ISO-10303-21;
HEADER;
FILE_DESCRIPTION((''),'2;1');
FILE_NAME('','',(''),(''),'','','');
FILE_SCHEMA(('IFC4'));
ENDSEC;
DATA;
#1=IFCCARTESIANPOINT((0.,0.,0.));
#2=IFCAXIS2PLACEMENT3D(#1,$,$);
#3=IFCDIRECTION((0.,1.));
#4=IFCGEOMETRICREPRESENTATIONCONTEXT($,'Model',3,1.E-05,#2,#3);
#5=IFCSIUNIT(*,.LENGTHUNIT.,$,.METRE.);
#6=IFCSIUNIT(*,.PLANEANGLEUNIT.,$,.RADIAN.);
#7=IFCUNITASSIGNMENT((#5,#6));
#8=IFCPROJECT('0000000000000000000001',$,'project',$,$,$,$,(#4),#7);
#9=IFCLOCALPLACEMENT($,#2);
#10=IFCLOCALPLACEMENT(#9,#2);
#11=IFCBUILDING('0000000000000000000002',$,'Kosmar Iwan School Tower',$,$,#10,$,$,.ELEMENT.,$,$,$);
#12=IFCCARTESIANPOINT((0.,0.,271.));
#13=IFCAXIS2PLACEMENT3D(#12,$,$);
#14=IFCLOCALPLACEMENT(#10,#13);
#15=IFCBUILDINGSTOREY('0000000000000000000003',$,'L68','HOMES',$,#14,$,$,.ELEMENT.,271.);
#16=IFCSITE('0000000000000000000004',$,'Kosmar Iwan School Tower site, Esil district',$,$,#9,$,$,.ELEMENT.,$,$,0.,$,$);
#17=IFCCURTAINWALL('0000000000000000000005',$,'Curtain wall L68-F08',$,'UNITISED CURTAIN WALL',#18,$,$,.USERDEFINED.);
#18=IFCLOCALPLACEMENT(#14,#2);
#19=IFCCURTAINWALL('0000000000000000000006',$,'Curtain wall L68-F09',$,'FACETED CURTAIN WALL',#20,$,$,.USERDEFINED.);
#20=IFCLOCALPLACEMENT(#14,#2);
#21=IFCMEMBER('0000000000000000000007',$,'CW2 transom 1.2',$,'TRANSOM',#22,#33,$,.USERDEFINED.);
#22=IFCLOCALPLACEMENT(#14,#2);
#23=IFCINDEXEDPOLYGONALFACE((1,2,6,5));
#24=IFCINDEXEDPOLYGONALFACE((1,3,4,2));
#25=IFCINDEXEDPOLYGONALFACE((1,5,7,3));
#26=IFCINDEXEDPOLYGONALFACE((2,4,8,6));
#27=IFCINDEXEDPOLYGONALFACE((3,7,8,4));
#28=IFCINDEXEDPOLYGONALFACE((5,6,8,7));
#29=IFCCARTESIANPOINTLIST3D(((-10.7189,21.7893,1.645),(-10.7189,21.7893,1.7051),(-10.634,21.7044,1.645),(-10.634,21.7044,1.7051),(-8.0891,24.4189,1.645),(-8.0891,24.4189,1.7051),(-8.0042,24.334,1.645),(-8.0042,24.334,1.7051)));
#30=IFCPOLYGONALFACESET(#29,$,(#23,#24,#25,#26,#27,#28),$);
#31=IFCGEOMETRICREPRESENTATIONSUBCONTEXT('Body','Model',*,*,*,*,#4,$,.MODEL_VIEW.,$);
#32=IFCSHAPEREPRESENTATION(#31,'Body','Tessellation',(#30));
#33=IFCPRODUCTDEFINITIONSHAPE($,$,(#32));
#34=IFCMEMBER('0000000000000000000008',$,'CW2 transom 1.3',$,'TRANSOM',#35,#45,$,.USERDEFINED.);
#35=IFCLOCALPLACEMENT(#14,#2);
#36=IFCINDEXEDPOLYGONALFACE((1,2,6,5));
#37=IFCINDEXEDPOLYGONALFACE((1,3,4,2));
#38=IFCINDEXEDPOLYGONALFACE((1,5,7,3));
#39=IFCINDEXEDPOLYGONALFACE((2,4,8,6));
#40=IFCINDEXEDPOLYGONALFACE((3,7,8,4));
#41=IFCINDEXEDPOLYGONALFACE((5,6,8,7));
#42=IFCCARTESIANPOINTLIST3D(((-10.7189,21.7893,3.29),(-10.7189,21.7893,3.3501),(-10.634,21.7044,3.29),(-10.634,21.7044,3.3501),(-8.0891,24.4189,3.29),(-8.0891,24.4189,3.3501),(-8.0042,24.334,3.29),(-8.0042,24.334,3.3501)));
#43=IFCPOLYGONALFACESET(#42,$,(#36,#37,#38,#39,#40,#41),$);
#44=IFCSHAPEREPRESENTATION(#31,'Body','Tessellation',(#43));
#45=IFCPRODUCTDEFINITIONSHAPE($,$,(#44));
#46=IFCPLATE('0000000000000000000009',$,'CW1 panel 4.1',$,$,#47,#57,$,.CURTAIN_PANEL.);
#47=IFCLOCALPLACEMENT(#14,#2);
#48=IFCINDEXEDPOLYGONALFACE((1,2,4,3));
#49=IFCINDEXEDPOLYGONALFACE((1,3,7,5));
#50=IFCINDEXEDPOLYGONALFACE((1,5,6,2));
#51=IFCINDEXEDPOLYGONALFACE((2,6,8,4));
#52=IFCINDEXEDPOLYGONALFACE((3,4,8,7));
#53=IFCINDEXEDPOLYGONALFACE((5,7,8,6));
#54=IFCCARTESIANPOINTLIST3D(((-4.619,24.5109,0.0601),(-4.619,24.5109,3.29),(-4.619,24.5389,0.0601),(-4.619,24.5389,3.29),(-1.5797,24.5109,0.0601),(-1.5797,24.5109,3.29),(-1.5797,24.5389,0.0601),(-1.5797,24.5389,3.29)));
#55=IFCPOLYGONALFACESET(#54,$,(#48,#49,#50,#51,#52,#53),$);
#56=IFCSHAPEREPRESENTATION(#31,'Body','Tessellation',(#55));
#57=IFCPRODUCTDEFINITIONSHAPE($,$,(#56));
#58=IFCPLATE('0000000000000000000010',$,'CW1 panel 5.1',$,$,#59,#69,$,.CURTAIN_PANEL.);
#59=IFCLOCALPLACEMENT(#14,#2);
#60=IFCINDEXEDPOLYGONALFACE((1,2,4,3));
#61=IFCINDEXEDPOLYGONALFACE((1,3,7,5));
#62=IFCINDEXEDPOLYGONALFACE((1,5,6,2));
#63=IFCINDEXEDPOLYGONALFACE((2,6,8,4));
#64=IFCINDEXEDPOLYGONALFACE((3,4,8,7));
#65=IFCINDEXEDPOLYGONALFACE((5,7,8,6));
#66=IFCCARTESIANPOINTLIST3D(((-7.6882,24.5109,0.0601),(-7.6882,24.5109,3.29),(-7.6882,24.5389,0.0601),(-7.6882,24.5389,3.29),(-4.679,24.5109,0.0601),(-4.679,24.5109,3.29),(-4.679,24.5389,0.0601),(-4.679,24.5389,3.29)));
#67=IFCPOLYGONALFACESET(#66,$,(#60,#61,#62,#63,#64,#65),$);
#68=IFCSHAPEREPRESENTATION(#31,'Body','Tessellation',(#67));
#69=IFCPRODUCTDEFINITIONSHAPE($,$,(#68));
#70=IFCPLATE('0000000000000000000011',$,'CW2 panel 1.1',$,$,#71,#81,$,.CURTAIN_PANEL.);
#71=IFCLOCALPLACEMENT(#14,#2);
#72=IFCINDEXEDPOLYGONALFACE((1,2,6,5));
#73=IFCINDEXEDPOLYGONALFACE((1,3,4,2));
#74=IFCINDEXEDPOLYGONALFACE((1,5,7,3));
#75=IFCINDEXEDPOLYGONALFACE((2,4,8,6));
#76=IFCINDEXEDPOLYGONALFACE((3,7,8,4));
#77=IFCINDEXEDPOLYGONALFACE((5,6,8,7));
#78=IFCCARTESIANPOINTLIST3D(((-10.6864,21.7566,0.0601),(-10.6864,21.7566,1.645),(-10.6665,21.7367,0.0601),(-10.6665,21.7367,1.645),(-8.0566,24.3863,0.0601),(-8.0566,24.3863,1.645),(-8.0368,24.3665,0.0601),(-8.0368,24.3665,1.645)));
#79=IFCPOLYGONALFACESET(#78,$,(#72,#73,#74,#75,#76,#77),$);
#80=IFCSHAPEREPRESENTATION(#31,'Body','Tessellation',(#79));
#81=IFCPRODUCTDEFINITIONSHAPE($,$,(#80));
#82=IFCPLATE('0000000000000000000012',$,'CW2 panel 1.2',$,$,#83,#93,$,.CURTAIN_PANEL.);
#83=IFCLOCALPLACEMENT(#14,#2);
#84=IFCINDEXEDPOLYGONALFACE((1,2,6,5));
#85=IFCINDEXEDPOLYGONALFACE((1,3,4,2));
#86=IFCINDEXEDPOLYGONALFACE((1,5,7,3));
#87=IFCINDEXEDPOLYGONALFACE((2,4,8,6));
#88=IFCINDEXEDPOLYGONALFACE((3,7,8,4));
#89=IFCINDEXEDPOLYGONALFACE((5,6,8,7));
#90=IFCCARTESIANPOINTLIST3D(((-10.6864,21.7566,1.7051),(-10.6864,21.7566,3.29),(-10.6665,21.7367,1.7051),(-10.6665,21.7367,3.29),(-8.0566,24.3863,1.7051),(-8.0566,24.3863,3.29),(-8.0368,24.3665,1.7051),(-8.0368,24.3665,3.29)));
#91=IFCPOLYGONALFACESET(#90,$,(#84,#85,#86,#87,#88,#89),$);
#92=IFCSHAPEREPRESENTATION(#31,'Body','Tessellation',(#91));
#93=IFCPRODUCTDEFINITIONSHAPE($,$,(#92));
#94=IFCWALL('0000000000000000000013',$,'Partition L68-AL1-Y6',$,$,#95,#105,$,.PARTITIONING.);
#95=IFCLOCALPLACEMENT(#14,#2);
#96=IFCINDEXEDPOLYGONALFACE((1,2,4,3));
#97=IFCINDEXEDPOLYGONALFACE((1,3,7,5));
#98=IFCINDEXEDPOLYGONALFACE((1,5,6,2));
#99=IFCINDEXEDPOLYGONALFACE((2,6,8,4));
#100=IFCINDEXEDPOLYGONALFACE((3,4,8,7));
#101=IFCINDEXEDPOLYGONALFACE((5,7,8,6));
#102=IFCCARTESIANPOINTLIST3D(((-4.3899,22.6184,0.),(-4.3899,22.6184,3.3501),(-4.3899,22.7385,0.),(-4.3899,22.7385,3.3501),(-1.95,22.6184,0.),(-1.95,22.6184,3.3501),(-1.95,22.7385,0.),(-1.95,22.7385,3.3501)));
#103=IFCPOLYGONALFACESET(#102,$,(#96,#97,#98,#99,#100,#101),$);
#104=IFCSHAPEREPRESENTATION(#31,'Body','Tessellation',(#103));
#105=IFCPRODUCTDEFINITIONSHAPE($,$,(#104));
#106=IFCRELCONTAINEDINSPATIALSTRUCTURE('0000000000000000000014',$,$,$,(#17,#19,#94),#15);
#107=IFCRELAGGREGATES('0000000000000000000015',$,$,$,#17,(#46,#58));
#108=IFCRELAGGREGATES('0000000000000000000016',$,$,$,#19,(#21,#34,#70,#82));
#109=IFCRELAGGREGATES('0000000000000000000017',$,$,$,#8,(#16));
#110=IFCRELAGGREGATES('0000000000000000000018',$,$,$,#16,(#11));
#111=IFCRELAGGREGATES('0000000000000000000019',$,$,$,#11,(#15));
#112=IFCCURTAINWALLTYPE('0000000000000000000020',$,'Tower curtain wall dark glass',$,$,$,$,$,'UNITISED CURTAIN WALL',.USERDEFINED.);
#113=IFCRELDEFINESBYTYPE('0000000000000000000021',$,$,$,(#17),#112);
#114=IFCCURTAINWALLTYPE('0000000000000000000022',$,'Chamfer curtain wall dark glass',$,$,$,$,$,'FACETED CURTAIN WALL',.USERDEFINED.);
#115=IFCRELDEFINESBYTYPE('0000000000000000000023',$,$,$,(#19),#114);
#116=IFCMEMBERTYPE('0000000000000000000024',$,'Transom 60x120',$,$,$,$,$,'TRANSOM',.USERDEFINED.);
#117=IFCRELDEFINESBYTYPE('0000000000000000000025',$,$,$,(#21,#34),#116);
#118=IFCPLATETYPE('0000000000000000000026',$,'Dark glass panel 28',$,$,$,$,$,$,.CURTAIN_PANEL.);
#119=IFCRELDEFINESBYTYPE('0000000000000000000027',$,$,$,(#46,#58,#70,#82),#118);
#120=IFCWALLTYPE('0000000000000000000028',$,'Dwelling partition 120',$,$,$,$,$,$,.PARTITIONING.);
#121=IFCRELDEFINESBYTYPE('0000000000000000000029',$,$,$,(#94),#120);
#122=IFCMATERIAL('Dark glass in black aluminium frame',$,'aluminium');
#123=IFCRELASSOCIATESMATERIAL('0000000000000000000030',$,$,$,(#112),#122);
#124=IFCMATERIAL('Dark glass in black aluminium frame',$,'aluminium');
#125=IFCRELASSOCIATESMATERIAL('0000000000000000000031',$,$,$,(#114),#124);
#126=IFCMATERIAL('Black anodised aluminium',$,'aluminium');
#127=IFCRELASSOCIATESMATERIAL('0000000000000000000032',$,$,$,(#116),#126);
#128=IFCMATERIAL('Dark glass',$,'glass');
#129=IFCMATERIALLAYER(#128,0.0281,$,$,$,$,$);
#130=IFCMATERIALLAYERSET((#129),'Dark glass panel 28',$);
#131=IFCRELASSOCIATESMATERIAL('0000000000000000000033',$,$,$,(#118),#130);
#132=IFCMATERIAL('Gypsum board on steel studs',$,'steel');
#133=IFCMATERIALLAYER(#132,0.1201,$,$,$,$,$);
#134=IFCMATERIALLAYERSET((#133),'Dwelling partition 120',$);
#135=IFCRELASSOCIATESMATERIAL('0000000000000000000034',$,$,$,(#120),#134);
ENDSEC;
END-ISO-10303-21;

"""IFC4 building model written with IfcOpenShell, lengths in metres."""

from ifc_helpers import new_model, si_unit, direction, frame, frame_2d, origin, origin_2d, place, context, subcontext, project, spatial, rectangle, extrude, material, layer, layer_set, material_profile, profile_set, type_object, element, aggregate, save


model = new_model("IFC4")

# Units and contexts
model_context = context("Model", 3, precision=1e-05, world=origin(), true_north=direction((0.0, 1.0)))
body_context = subcontext(model_context, "Body", "Model", "MODEL_VIEW")
ifc_project = project(units=[si_unit("LENGTHUNIT", "METRE"), si_unit("PLANEANGLEUNIT", "RADIAN")], contexts=[model_context])

# Site, building, storey
site_placement = place(None, origin())
site = spatial("IfcSite", under=ifc_project, at=site_placement, Name="Kosmar Iwan School Tower site, Esil district", CompositionType="ELEMENT", RefElevation=0.0)
building_placement = place(site_placement, origin())
building = spatial("IfcBuilding", under=site, at=building_placement, Name="Kosmar Iwan School Tower", CompositionType="ELEMENT")
storey_placement = place(building_placement, frame((0.0, 0.0, 271.0)))
storey = spatial("IfcBuildingStorey", under=building, at=storey_placement, Name="L68", Description="HOMES", CompositionType="ELEMENT", Elevation=271.0)

# Curtain walls
ifc_material_1 = material(Name="Dark glass in black aluminium frame", Category="aluminium")
curtain_wall_type_1 = type_object("IfcCurtainWallType", Name="Tower curtain wall dark glass", ElementType="UNITISED CURTAIN WALL", PredefinedType="USERDEFINED", material=ifc_material_1)
curtain_wall_1_placement = place(storey_placement, origin())
curtain_wall_1 = element("IfcCurtainWall", 1, at=curtain_wall_1_placement, inside=storey, type_object=curtain_wall_type_1, Name="Curtain wall L68-F08", ObjectType="UNITISED CURTAIN WALL", PredefinedType="USERDEFINED")
ifc_material_2 = material(Name="Dark glass in black aluminium frame", Category="aluminium")
curtain_wall_type_2 = type_object("IfcCurtainWallType", Name="Chamfer curtain wall dark glass", ElementType="FACETED CURTAIN WALL", PredefinedType="USERDEFINED", material=ifc_material_2)
curtain_wall_2_placement = place(storey_placement, origin())
curtain_wall_2 = element("IfcCurtainWall", 2, at=curtain_wall_2_placement, inside=storey, type_object=curtain_wall_type_2, Name="Curtain wall L68-F09", ObjectType="FACETED CURTAIN WALL", PredefinedType="USERDEFINED")

# Members
ifc_material_3 = material(Name="Black anodised aluminium", Category="aluminium")
ifc_material_profile_1 = material_profile(ifc_material_3, rectangle(XDim=0.1201, YDim=0.0601, at=origin_2d()), Name="TRANSOM 60x120")
ifc_profile_set_1 = profile_set([ifc_material_profile_1], Name="Black anodised aluminium")
member_type_1 = type_object("IfcMemberType", Name="Transom 60x120", ElementType="TRANSOM", PredefinedType="USERDEFINED", material=ifc_profile_set_1)
member_1_placement = place(storey_placement, frame((-8.0466, 24.3765, 1.675), z_axis=(-0.70714, -0.707074, 0.0), x_axis=(0.707074, -0.70714, 0.0)))
member_1 = element("IfcMember", 3, at=member_1_placement, type_object=member_type_1, Name="CW2 transom 1.2", ObjectType="TRANSOM", PredefinedType="USERDEFINED", context=body_context, shape_type="SweptSolid", body=[
    extrude(rectangle(XDim=0.1201, YDim=0.0601, at=origin_2d()), origin(), (0.0, 0.0, 1.0), 3.719),
])
member_2_placement = place(storey_placement, frame((-8.0466, 24.3765, 3.3201), z_axis=(-0.70714, -0.707074, 0.0), x_axis=(0.707074, -0.70714, 0.0)))
member_2 = element("IfcMember", 4, at=member_2_placement, type_object=member_type_1, Name="CW2 transom 1.3", ObjectType="TRANSOM", PredefinedType="USERDEFINED", context=body_context, shape_type="SweptSolid", body=[
    extrude(rectangle(XDim=0.1201, YDim=0.0601, at=origin_2d()), origin(), (0.0, 0.0, 1.0), 3.719),
])

# Plates
ifc_material_4 = material(Name="Dark glass", Category="glass")
ifc_layer_1 = layer(ifc_material_4, 0.0281)
ifc_layer_set_1 = layer_set([ifc_layer_1], Name="Dark glass panel 28")
plate_type = type_object("IfcPlateType", Name="Dark glass panel 28", PredefinedType="CURTAIN_PANEL", material=ifc_layer_set_1)
plate_1_placement = place(storey_placement, frame((-3.0994, 24.5249, 0.0601), z_axis=(0.0, 0.0, 1.0), x_axis=(-1.0, 0.0, 0.0)))
plate_1 = element("IfcPlate", 5, at=plate_1_placement, type_object=plate_type, Name="CW1 panel 4.1", PredefinedType="CURTAIN_PANEL", context=body_context, shape_type="SweptSolid", body=[
    extrude(rectangle(XDim=3.0393, YDim=0.0281, at=origin_2d()), origin(), (0.0, 0.0, 1.0), 3.23),
])
plate_2_placement = place(storey_placement, frame((-6.1836, 24.5249, 0.0601), z_axis=(0.0, 0.0, 1.0), x_axis=(-1.0, 0.0, 0.0)))
plate_2 = element("IfcPlate", 6, at=plate_2_placement, type_object=plate_type, Name="CW1 panel 5.1", PredefinedType="CURTAIN_PANEL", context=body_context, shape_type="SweptSolid", body=[
    extrude(rectangle(XDim=3.0093, YDim=0.0281, at=origin_2d()), origin(), (0.0, 0.0, 1.0), 3.23),
])
aggregate(curtain_wall_1, [plate_1, plate_2])
plate_3_placement = place(storey_placement, frame((-9.3616, 23.0615, 0.0601), z_axis=(0.0, 0.0, 1.0), x_axis=(-0.707107, -0.707107, 0.0)))
plate_3 = element("IfcPlate", 7, at=plate_3_placement, type_object=plate_type, Name="CW2 panel 1.1", PredefinedType="CURTAIN_PANEL", context=body_context, shape_type="SweptSolid", body=[
    extrude(rectangle(XDim=3.719, YDim=0.0281, at=origin_2d()), origin(), (0.0, 0.0, 1.0), 1.585),
])
plate_4_placement = place(storey_placement, frame((-9.3616, 23.0615, 1.7051), z_axis=(0.0, 0.0, 1.0), x_axis=(-0.707107, -0.707107, 0.0)))
plate_4 = element("IfcPlate", 8, at=plate_4_placement, type_object=plate_type, Name="CW2 panel 1.2", PredefinedType="CURTAIN_PANEL", context=body_context, shape_type="SweptSolid", body=[
    extrude(rectangle(XDim=3.719, YDim=0.0281, at=origin_2d()), origin(), (0.0, 0.0, 1.0), 1.585),
])
aggregate(curtain_wall_2, [member_1, member_2, plate_3, plate_4])

# Wall
ifc_material_5 = material(Name="Gypsum board on steel studs", Category="steel")
ifc_layer_2 = layer(ifc_material_5, 0.1201)
ifc_layer_set_2 = layer_set([ifc_layer_2], Name="Dwelling partition 120")
wall_type = type_object("IfcWallType", Name="Dwelling partition 120", PredefinedType="PARTITIONING", material=ifc_layer_set_2)
wall_placement = place(storey_placement, frame((-1.95, 22.6785, 0.0), z_axis=(0.0, 0.0, 1.0), x_axis=(-1.0, 0.0, 0.0)))
element("IfcWall", 9, at=wall_placement, inside=storey, type_object=wall_type, Name="Partition L68-AL1-Y6", PredefinedType="PARTITIONING", context=body_context, shape_type="SweptSolid", body=[
    extrude(rectangle(XDim=2.4399, YDim=0.1201, at=frame_2d((1.22, 0.0))), origin(), (0.0, 0.0, 1.0), 3.3501),
])

save(model, "model.ifc")
